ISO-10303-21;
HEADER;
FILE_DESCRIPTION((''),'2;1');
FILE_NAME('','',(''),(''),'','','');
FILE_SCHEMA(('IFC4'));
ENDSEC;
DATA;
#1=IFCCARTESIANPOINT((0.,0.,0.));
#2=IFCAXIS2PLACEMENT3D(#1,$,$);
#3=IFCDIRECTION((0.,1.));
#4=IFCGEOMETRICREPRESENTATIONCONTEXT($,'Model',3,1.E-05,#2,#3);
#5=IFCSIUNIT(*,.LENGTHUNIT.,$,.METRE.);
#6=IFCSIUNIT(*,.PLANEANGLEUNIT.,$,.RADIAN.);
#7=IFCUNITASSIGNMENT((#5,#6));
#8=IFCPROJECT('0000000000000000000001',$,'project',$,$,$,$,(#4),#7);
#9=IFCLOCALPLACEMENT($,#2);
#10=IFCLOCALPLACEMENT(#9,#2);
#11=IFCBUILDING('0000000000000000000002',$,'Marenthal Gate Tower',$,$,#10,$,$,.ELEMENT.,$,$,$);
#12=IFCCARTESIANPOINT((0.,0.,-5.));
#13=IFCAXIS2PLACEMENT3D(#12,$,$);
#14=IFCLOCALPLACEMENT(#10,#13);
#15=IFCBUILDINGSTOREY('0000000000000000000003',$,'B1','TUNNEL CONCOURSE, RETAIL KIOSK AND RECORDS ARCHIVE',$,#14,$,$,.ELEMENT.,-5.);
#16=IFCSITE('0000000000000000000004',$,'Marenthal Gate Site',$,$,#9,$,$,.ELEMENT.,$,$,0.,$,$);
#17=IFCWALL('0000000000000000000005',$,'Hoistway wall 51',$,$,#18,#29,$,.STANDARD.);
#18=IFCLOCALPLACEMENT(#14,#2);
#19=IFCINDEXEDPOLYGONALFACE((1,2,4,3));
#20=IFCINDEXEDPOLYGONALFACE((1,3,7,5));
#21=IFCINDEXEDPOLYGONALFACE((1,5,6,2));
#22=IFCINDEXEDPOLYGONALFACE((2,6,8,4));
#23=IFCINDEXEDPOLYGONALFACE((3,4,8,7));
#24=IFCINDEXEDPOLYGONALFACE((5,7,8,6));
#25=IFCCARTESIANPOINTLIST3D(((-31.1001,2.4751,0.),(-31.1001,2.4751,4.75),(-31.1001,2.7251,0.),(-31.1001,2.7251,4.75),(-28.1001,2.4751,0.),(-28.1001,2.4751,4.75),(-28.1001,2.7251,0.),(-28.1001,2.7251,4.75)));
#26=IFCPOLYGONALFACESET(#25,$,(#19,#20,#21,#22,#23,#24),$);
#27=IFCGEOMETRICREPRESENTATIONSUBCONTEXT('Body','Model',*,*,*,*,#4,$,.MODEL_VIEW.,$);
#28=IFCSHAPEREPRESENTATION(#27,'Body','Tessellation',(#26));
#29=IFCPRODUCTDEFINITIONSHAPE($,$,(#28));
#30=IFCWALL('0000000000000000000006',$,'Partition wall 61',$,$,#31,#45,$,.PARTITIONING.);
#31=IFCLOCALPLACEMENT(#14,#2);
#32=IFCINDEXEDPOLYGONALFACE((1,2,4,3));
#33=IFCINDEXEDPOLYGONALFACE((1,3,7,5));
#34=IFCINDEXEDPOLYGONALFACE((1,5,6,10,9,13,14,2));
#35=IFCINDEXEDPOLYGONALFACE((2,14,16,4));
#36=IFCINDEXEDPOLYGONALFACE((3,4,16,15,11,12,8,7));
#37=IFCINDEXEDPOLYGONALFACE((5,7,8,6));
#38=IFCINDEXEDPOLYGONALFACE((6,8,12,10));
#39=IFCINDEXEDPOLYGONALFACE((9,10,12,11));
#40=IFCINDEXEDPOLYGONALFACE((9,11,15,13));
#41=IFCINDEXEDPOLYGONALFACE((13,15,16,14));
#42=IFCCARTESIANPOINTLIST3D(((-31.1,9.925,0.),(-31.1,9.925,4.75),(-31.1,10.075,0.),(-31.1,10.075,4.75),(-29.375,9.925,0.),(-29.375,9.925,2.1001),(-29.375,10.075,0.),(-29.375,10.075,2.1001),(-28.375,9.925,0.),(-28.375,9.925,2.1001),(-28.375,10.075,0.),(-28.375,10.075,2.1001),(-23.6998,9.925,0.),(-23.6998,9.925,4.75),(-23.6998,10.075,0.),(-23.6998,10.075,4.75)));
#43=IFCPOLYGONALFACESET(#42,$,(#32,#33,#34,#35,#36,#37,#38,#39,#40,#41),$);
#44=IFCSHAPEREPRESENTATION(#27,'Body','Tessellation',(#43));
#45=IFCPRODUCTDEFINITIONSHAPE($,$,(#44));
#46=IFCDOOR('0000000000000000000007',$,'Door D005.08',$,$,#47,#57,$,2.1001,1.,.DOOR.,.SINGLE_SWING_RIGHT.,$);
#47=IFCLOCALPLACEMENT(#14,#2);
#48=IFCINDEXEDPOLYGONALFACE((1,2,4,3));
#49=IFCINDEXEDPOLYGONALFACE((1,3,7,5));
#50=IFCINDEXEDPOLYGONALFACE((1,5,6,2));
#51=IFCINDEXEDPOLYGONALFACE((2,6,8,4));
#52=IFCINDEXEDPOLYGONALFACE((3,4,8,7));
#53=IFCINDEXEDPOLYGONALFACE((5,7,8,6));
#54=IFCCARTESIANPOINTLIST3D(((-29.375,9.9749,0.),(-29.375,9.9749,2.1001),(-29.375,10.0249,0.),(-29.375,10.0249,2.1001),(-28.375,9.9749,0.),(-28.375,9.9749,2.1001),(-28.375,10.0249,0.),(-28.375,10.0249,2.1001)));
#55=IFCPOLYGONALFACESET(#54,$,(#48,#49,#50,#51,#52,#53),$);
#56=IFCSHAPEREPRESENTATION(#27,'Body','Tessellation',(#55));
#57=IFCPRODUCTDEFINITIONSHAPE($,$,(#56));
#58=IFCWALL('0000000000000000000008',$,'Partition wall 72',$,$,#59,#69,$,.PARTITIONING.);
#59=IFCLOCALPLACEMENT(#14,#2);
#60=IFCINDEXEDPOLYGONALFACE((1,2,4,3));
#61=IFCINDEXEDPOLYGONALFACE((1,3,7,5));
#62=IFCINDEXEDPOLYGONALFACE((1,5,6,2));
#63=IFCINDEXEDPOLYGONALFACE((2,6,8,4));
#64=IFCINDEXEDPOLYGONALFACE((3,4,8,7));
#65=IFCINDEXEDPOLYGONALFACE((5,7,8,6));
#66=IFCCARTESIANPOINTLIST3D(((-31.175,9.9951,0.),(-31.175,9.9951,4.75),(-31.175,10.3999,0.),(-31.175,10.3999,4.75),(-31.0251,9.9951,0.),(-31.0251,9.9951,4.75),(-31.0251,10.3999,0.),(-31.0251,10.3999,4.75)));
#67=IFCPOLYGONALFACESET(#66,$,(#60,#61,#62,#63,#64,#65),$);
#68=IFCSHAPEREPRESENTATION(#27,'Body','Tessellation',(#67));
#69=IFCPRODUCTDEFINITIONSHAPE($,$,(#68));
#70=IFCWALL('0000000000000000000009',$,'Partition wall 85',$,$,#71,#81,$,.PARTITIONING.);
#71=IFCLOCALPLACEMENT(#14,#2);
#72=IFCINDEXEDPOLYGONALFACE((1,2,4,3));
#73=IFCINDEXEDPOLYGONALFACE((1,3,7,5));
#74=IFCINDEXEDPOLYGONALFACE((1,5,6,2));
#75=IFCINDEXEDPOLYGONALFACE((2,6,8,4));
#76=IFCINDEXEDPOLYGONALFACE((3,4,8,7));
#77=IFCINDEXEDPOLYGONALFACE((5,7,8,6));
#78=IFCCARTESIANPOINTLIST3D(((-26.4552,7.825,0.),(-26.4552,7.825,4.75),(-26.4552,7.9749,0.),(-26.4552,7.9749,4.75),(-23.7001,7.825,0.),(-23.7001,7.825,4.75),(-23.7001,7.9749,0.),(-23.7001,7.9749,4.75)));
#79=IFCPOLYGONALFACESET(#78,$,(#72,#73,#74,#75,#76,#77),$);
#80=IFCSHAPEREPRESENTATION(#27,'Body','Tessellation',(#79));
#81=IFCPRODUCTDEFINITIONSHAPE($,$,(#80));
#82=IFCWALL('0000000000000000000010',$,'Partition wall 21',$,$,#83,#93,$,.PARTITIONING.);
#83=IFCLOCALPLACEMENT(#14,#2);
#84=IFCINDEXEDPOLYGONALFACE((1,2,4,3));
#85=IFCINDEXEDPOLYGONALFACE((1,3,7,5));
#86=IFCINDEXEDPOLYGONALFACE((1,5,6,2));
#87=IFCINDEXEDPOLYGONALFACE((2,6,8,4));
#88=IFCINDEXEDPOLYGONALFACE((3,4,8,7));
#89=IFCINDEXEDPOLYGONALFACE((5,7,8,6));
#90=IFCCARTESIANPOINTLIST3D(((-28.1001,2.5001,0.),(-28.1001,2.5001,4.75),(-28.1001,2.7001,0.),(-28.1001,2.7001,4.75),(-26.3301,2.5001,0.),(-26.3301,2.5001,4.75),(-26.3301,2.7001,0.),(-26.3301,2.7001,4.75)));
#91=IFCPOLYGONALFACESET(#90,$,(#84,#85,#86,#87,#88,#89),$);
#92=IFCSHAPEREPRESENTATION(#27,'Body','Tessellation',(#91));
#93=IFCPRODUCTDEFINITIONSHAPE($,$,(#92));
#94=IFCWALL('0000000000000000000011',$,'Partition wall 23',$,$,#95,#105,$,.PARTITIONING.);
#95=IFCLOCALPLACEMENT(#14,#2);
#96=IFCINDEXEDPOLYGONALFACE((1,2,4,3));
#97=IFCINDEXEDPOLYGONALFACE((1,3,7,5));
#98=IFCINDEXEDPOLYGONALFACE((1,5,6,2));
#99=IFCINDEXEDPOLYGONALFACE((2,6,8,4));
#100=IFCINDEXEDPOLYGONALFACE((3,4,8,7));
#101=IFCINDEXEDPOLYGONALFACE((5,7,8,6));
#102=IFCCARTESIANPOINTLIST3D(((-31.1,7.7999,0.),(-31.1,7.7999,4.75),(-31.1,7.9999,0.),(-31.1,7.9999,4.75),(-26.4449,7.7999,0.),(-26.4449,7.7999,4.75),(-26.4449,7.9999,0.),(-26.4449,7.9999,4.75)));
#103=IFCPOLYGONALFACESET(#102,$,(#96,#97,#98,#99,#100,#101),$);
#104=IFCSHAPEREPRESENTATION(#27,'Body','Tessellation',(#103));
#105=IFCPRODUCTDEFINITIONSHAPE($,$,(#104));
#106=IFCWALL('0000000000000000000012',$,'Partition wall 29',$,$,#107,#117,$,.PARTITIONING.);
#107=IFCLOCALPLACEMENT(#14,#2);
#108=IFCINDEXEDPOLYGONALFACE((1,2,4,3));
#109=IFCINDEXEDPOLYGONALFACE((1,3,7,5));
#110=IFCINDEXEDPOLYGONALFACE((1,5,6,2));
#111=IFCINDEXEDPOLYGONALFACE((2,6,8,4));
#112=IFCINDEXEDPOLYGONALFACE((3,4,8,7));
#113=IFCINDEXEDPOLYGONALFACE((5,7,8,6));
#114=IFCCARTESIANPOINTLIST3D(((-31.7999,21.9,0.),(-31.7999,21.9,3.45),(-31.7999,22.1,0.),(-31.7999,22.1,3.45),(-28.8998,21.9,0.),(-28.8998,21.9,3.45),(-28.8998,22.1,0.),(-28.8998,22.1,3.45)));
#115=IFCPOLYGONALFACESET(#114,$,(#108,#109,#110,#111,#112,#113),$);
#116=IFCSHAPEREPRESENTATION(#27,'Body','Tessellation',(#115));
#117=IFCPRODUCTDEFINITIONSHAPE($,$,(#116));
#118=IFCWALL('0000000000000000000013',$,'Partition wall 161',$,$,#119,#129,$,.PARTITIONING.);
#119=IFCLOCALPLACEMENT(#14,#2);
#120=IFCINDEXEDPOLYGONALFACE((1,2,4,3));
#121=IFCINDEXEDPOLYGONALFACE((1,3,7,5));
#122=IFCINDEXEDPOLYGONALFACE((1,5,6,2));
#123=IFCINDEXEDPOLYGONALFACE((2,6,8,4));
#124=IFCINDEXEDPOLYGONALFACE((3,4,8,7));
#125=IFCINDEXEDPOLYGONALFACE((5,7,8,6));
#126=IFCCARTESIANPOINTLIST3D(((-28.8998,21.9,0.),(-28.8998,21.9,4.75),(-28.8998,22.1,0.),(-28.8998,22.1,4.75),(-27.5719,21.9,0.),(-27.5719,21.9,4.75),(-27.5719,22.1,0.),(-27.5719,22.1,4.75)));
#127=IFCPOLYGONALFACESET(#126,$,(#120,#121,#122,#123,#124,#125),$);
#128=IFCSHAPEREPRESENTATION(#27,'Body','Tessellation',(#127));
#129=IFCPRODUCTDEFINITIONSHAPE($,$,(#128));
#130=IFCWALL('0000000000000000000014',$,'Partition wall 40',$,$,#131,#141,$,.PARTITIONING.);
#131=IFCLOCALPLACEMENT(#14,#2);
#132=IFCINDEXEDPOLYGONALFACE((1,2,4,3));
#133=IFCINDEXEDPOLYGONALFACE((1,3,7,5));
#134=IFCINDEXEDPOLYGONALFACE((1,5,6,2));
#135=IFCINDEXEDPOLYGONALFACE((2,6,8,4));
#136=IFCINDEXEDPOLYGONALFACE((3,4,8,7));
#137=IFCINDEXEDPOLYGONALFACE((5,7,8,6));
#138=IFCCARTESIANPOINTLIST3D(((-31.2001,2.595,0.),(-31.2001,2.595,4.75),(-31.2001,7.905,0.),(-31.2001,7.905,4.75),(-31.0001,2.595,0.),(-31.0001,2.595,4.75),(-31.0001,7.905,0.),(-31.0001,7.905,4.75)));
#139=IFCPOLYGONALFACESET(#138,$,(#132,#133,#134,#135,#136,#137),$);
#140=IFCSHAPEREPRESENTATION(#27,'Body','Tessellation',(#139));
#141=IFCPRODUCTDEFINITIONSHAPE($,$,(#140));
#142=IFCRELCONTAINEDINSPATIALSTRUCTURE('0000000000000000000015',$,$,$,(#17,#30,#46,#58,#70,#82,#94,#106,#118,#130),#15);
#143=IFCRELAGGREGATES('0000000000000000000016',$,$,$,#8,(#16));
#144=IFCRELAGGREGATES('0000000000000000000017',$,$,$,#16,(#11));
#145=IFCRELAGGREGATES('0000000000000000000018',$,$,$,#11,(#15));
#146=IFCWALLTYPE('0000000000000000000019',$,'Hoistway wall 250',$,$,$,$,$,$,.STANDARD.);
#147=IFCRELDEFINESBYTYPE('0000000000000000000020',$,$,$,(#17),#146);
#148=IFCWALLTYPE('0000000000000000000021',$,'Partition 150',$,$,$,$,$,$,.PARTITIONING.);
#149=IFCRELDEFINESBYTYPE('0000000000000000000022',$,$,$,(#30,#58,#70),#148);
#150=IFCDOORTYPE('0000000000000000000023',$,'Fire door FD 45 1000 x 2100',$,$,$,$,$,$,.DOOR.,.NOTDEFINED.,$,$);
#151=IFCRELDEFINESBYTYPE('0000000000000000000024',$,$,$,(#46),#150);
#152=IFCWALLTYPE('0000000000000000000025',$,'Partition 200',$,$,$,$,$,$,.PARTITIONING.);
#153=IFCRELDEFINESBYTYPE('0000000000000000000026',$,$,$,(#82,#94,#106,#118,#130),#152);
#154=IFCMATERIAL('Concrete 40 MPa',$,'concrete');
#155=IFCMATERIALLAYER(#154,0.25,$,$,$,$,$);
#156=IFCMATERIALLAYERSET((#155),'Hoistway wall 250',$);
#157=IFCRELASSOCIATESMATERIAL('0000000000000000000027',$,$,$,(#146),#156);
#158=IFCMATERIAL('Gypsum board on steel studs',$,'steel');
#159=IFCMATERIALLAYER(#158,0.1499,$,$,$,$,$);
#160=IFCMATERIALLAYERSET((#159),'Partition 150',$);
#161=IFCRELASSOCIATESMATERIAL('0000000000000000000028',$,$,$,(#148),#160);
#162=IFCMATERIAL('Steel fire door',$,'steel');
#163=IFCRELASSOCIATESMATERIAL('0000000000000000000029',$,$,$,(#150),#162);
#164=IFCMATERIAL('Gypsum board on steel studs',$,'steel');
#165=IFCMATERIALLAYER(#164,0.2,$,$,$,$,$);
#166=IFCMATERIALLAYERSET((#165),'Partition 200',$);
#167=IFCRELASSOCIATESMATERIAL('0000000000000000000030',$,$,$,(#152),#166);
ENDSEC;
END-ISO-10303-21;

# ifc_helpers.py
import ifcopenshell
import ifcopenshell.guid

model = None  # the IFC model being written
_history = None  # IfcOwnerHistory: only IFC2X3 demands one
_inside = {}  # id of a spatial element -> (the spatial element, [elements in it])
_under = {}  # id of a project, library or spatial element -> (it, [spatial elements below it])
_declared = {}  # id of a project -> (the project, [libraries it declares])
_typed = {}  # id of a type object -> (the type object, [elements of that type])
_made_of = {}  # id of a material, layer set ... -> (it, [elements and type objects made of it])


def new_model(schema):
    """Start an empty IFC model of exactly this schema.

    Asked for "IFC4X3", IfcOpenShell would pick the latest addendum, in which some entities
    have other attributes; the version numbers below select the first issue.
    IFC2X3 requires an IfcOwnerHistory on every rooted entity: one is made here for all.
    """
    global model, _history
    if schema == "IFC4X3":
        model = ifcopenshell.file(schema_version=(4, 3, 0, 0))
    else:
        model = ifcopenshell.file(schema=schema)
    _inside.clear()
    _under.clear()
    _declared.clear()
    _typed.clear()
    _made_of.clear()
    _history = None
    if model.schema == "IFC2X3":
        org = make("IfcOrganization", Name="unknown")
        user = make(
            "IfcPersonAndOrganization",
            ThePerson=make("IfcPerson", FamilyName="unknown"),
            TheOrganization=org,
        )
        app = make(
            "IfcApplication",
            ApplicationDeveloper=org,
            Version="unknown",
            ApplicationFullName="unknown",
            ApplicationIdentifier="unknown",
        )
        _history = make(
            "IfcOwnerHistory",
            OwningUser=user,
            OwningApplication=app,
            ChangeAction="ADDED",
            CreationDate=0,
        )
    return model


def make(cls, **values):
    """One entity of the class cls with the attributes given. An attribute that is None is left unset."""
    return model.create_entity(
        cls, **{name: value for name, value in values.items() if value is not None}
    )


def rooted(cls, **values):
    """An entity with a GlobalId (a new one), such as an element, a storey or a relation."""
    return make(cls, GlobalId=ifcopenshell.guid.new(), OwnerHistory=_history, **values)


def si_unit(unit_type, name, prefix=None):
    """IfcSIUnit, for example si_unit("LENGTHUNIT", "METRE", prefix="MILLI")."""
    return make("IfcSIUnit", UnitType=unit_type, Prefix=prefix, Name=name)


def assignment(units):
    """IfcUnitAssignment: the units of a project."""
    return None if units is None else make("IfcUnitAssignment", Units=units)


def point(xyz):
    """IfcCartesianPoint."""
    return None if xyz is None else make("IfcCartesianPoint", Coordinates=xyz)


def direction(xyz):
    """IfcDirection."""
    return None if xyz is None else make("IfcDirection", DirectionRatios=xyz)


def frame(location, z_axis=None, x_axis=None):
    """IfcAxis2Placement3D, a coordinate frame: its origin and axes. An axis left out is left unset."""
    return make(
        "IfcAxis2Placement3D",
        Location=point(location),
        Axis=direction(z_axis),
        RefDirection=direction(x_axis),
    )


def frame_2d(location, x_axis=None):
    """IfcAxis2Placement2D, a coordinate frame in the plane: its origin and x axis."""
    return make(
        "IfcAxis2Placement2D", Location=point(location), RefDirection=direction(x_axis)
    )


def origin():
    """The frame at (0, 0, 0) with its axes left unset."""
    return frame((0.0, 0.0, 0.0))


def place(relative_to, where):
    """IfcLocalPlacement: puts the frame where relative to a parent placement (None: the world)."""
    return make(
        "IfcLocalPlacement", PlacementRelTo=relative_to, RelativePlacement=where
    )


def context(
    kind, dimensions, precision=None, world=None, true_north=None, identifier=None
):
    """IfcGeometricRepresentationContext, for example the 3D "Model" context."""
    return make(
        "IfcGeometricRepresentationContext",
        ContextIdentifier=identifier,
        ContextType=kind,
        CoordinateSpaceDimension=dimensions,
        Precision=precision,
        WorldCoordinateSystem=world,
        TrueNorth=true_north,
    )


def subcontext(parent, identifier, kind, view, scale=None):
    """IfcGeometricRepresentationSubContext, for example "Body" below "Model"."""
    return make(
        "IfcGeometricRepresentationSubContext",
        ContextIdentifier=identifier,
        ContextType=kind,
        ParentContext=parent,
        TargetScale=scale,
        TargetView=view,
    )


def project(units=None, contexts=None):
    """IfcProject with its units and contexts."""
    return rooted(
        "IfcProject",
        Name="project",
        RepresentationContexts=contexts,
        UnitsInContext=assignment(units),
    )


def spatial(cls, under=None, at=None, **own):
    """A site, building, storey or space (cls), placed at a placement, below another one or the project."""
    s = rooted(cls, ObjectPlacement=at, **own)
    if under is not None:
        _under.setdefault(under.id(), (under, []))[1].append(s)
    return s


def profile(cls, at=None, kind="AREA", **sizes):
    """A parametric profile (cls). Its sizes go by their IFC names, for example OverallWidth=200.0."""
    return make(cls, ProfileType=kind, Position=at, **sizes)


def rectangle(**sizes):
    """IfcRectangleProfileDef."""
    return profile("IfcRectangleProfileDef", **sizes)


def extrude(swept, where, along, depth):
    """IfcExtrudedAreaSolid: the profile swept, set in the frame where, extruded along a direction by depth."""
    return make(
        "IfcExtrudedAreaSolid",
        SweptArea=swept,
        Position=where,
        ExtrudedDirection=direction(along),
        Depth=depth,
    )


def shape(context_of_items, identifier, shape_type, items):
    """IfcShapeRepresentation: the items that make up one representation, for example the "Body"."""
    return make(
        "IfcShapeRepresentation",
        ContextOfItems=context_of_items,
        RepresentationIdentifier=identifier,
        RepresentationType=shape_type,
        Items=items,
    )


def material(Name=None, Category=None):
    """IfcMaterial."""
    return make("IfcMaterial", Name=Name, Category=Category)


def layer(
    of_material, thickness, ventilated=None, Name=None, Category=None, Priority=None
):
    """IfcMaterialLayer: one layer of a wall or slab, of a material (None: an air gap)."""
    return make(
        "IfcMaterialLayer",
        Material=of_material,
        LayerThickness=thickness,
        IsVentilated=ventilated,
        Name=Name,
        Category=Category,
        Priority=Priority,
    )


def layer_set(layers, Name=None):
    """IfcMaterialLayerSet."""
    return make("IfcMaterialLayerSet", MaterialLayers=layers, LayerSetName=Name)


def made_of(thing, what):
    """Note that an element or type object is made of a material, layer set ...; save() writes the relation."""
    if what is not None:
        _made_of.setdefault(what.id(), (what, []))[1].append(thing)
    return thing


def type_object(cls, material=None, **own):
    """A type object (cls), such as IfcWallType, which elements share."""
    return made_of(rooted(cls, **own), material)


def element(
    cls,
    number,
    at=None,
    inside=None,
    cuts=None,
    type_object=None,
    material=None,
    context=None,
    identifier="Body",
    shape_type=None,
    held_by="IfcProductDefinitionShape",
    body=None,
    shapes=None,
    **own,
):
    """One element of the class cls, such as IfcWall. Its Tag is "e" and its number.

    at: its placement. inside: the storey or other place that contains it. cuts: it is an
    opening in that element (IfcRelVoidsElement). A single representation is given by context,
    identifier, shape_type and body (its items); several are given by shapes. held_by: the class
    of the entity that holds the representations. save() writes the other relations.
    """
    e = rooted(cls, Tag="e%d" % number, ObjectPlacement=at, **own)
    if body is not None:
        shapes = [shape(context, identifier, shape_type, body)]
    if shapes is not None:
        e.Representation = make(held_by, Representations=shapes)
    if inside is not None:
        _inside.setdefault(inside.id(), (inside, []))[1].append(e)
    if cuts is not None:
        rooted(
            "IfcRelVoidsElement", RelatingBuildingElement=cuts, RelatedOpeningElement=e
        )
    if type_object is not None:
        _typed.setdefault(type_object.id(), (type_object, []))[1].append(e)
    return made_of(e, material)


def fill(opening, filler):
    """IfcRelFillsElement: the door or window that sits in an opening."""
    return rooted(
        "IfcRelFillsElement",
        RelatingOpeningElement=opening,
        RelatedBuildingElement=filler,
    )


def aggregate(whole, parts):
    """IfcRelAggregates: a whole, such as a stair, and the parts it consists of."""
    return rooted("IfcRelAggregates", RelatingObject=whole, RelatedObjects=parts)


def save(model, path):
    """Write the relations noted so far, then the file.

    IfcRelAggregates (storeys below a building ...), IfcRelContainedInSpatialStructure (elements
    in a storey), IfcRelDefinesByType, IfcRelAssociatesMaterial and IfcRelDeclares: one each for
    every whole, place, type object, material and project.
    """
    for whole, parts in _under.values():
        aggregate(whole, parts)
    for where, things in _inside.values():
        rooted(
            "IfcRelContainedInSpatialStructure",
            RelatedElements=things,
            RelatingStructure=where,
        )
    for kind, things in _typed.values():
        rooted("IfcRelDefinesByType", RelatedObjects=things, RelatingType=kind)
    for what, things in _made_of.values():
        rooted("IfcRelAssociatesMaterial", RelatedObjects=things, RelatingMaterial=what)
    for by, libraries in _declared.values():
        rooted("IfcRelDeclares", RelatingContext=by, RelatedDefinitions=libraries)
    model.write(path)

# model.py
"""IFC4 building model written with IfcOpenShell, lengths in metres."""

from ifc_helpers import new_model, si_unit, direction, frame, frame_2d, origin, place, context, subcontext, project, spatial, rectangle, extrude, material, layer, layer_set, type_object, element, fill, save


model = new_model("IFC4")

# Units and contexts
model_context = context("Model", 3, precision=1e-05, world=origin(), true_north=direction((0.0, 1.0)))
body_context = subcontext(model_context, "Body", "Model", "MODEL_VIEW")
ifc_project = project(units=[si_unit("LENGTHUNIT", "METRE"), si_unit("PLANEANGLEUNIT", "RADIAN")], contexts=[model_context])

# Site, building, storey
site_placement = place(None, origin())
site = spatial("IfcSite", under=ifc_project, at=site_placement, Name="Marenthal Gate Site", CompositionType="ELEMENT", RefElevation=0.0)
building_placement = place(site_placement, origin())
building = spatial("IfcBuilding", under=site, at=building_placement, Name="Marenthal Gate Tower", CompositionType="ELEMENT")
storey_placement = place(building_placement, frame((0.0, 0.0, -5.0)))
storey = spatial("IfcBuildingStorey", under=building, at=storey_placement, Name="B1", Description="TUNNEL CONCOURSE, RETAIL KIOSK AND RECORDS ARCHIVE", CompositionType="ELEMENT", Elevation=-5.0)

# Wall
ifc_material_1 = material(Name="Concrete 40 MPa", Category="concrete")
ifc_layer_1 = layer(ifc_material_1, 0.25)
ifc_layer_set_1 = layer_set([ifc_layer_1], Name="Hoistway wall 250")
wall_type_1 = type_object("IfcWallType", Name="Hoistway wall 250", PredefinedType="STANDARD", material=ifc_layer_set_1)
wall_1_placement = place(storey_placement, frame((-31.1001, 2.6001, 0.0), z_axis=(0.0, 0.0, 1.0), x_axis=(1.0, 0.0, 0.0)))
element("IfcWall", 1, at=wall_1_placement, inside=storey, type_object=wall_type_1, Name="Hoistway wall 51", PredefinedType="STANDARD", context=body_context, shape_type="SweptSolid", body=[
    extrude(rectangle(XDim=3.0, YDim=0.25, at=frame_2d((1.5, 0.0))), origin(), (0.0, 0.0, 1.0), 4.75),
])

# Wall, opening, door
ifc_material_2 = material(Name="Gypsum board on steel studs", Category="steel")
ifc_layer_2 = layer(ifc_material_2, 0.1499)
ifc_layer_set_2 = layer_set([ifc_layer_2], Name="Partition 150")
wall_type_2 = type_object("IfcWallType", Name="Partition 150", PredefinedType="PARTITIONING", material=ifc_layer_set_2)
wall_2_placement = place(storey_placement, frame((-31.1001, 10.0, 0.0), z_axis=(0.0, 0.0, 1.0), x_axis=(1.0, 0.0, 0.0)))
wall_2 = element("IfcWall", 2, at=wall_2_placement, inside=storey, type_object=wall_type_2, Name="Partition wall 61", PredefinedType="PARTITIONING", context=body_context, shape_type="SweptSolid", body=[
    extrude(rectangle(XDim=7.4001, YDim=0.1499, at=frame_2d((3.7002, 0.0))), origin(), (0.0, 0.0, 1.0), 4.75),
])
opening_placement = place(wall_2_placement, frame((1.7251, 0.0, 0.0)))
opening = element("IfcOpeningElement", 3, at=opening_placement, cuts=wall_2, PredefinedType="OPENING", context=body_context, shape_type="SweptSolid", body=[
    extrude(rectangle(XDim=1.0, YDim=2.1001, at=frame_2d((0.5, 1.05))), frame((0.0, 0.085, 0.0), z_axis=(0.0, -1.0, 0.0), x_axis=(1.0, 0.0, 0.0)), (0.0, 0.0, 1.0), 0.1699),
])
ifc_material_3 = material(Name="Steel fire door", Category="steel")
door_type = type_object("IfcDoorType", Name="Fire door FD 45 1000 x 2100", OperationType="NOTDEFINED", PredefinedType="DOOR", material=ifc_material_3)
door_placement = place(opening_placement, origin())
door = element("IfcDoor", 4, at=door_placement, inside=storey, type_object=door_type, Name="Door D005.08", OperationType="SINGLE_SWING_RIGHT", OverallHeight=2.1001, OverallWidth=1.0, PredefinedType="DOOR", context=body_context, shape_type="SweptSolid", body=[
    extrude(rectangle(XDim=1.0, YDim=2.1001, at=frame_2d((0.5, 1.05))), frame((0.0, 0.0249, 0.0), z_axis=(0.0, -1.0, 0.0), x_axis=(1.0, 0.0, 0.0)), (0.0, 0.0, 1.0), 0.05),
])
fill(opening, door)

# Walls
wall_3_placement = place(storey_placement, frame((-31.1001, 9.9951, 0.0), z_axis=(0.0, 0.0, 1.0), x_axis=(0.0, 1.0, 0.0)))
element("IfcWall", 5, at=wall_3_placement, inside=storey, type_object=wall_type_2, Name="Partition wall 72", PredefinedType="PARTITIONING", context=body_context, shape_type="SweptSolid", body=[
    extrude(rectangle(XDim=0.4048, YDim=0.1499, at=frame_2d((0.2024, 0.0))), origin(), (0.0, 0.0, 1.0), 4.75),
])
wall_4_placement = place(storey_placement, frame((-26.4551, 7.8999, 0.0), z_axis=(0.0, 0.0, 1.0), x_axis=(1.0, 0.0, 0.0)))
element("IfcWall", 6, at=wall_4_placement, inside=storey, type_object=wall_type_2, Name="Partition wall 85", PredefinedType="PARTITIONING", context=body_context, shape_type="SweptSolid", body=[
    extrude(rectangle(XDim=2.7551, YDim=0.1499, at=frame_2d((1.3774, 0.0))), origin(), (0.0, 0.0, 1.0), 4.75),
])
ifc_material_4 = material(Name="Gypsum board on steel studs", Category="steel")
ifc_layer_3 = layer(ifc_material_4, 0.2)
ifc_layer_set_3 = layer_set([ifc_layer_3], Name="Partition 200")
wall_type_3 = type_object("IfcWallType", Name="Partition 200", PredefinedType="PARTITIONING", material=ifc_layer_set_3)
wall_5_placement = place(storey_placement, frame((-28.1001, 2.6001, 0.0), z_axis=(0.0, 0.0, 1.0), x_axis=(1.0, 0.0, 0.0)))
element("IfcWall", 7, at=wall_5_placement, inside=storey, type_object=wall_type_3, Name="Partition wall 21", PredefinedType="PARTITIONING", context=body_context, shape_type="SweptSolid", body=[
    extrude(rectangle(XDim=1.77, YDim=0.2, at=frame_2d((0.885, 0.0))), origin(), (0.0, 0.0, 1.0), 4.75),
])
wall_6_placement = place(storey_placement, frame((-31.1001, 7.8999, 0.0), z_axis=(0.0, 0.0, 1.0), x_axis=(1.0, 0.0, 0.0)))
element("IfcWall", 8, at=wall_6_placement, inside=storey, type_object=wall_type_3, Name="Partition wall 23", PredefinedType="PARTITIONING", context=body_context, shape_type="SweptSolid", body=[
    extrude(rectangle(XDim=4.655, YDim=0.2, at=frame_2d((2.3276, 0.0))), origin(), (0.0, 0.0, 1.0), 4.75),
])
wall_7_placement = place(storey_placement, frame((-31.8, 22.0, 0.0), z_axis=(0.0, 0.0, 1.0), x_axis=(1.0, 0.0, 0.0)))
element("IfcWall", 9, at=wall_7_placement, inside=storey, type_object=wall_type_3, Name="Partition wall 29", PredefinedType="PARTITIONING", context=body_context, shape_type="SweptSolid", body=[
    extrude(rectangle(XDim=2.9001, YDim=0.2, at=frame_2d((1.4502, 0.0))), origin(), (0.0, 0.0, 1.0), 3.45),
])
wall_8_placement = place(storey_placement, frame((-28.8999, 22.0, 0.0), z_axis=(0.0, 0.0, 1.0), x_axis=(1.0, 0.0, 0.0)))
element("IfcWall", 10, at=wall_8_placement, inside=storey, type_object=wall_type_3, Name="Partition wall 161", PredefinedType="PARTITIONING", context=body_context, shape_type="SweptSolid", body=[
    extrude(rectangle(XDim=1.3279, YDim=0.2, at=frame_2d((0.6641, 0.0))), origin(), (0.0, 0.0, 1.0), 4.75),
])
wall_9_placement = place(storey_placement, frame((-31.1001, 2.595, 0.0), z_axis=(0.0, 0.0, 1.0), x_axis=(0.0, 1.0, 0.0)))
element("IfcWall", 11, at=wall_9_placement, inside=storey, type_object=wall_type_3, Name="Partition wall 40", PredefinedType="PARTITIONING", context=body_context, shape_type="SweptSolid", body=[
    extrude(rectangle(XDim=5.3101, YDim=0.2, at=frame_2d((2.655, 0.0))), origin(), (0.0, 0.0, 1.0), 4.75),
])

save(model, "model.ifc")
